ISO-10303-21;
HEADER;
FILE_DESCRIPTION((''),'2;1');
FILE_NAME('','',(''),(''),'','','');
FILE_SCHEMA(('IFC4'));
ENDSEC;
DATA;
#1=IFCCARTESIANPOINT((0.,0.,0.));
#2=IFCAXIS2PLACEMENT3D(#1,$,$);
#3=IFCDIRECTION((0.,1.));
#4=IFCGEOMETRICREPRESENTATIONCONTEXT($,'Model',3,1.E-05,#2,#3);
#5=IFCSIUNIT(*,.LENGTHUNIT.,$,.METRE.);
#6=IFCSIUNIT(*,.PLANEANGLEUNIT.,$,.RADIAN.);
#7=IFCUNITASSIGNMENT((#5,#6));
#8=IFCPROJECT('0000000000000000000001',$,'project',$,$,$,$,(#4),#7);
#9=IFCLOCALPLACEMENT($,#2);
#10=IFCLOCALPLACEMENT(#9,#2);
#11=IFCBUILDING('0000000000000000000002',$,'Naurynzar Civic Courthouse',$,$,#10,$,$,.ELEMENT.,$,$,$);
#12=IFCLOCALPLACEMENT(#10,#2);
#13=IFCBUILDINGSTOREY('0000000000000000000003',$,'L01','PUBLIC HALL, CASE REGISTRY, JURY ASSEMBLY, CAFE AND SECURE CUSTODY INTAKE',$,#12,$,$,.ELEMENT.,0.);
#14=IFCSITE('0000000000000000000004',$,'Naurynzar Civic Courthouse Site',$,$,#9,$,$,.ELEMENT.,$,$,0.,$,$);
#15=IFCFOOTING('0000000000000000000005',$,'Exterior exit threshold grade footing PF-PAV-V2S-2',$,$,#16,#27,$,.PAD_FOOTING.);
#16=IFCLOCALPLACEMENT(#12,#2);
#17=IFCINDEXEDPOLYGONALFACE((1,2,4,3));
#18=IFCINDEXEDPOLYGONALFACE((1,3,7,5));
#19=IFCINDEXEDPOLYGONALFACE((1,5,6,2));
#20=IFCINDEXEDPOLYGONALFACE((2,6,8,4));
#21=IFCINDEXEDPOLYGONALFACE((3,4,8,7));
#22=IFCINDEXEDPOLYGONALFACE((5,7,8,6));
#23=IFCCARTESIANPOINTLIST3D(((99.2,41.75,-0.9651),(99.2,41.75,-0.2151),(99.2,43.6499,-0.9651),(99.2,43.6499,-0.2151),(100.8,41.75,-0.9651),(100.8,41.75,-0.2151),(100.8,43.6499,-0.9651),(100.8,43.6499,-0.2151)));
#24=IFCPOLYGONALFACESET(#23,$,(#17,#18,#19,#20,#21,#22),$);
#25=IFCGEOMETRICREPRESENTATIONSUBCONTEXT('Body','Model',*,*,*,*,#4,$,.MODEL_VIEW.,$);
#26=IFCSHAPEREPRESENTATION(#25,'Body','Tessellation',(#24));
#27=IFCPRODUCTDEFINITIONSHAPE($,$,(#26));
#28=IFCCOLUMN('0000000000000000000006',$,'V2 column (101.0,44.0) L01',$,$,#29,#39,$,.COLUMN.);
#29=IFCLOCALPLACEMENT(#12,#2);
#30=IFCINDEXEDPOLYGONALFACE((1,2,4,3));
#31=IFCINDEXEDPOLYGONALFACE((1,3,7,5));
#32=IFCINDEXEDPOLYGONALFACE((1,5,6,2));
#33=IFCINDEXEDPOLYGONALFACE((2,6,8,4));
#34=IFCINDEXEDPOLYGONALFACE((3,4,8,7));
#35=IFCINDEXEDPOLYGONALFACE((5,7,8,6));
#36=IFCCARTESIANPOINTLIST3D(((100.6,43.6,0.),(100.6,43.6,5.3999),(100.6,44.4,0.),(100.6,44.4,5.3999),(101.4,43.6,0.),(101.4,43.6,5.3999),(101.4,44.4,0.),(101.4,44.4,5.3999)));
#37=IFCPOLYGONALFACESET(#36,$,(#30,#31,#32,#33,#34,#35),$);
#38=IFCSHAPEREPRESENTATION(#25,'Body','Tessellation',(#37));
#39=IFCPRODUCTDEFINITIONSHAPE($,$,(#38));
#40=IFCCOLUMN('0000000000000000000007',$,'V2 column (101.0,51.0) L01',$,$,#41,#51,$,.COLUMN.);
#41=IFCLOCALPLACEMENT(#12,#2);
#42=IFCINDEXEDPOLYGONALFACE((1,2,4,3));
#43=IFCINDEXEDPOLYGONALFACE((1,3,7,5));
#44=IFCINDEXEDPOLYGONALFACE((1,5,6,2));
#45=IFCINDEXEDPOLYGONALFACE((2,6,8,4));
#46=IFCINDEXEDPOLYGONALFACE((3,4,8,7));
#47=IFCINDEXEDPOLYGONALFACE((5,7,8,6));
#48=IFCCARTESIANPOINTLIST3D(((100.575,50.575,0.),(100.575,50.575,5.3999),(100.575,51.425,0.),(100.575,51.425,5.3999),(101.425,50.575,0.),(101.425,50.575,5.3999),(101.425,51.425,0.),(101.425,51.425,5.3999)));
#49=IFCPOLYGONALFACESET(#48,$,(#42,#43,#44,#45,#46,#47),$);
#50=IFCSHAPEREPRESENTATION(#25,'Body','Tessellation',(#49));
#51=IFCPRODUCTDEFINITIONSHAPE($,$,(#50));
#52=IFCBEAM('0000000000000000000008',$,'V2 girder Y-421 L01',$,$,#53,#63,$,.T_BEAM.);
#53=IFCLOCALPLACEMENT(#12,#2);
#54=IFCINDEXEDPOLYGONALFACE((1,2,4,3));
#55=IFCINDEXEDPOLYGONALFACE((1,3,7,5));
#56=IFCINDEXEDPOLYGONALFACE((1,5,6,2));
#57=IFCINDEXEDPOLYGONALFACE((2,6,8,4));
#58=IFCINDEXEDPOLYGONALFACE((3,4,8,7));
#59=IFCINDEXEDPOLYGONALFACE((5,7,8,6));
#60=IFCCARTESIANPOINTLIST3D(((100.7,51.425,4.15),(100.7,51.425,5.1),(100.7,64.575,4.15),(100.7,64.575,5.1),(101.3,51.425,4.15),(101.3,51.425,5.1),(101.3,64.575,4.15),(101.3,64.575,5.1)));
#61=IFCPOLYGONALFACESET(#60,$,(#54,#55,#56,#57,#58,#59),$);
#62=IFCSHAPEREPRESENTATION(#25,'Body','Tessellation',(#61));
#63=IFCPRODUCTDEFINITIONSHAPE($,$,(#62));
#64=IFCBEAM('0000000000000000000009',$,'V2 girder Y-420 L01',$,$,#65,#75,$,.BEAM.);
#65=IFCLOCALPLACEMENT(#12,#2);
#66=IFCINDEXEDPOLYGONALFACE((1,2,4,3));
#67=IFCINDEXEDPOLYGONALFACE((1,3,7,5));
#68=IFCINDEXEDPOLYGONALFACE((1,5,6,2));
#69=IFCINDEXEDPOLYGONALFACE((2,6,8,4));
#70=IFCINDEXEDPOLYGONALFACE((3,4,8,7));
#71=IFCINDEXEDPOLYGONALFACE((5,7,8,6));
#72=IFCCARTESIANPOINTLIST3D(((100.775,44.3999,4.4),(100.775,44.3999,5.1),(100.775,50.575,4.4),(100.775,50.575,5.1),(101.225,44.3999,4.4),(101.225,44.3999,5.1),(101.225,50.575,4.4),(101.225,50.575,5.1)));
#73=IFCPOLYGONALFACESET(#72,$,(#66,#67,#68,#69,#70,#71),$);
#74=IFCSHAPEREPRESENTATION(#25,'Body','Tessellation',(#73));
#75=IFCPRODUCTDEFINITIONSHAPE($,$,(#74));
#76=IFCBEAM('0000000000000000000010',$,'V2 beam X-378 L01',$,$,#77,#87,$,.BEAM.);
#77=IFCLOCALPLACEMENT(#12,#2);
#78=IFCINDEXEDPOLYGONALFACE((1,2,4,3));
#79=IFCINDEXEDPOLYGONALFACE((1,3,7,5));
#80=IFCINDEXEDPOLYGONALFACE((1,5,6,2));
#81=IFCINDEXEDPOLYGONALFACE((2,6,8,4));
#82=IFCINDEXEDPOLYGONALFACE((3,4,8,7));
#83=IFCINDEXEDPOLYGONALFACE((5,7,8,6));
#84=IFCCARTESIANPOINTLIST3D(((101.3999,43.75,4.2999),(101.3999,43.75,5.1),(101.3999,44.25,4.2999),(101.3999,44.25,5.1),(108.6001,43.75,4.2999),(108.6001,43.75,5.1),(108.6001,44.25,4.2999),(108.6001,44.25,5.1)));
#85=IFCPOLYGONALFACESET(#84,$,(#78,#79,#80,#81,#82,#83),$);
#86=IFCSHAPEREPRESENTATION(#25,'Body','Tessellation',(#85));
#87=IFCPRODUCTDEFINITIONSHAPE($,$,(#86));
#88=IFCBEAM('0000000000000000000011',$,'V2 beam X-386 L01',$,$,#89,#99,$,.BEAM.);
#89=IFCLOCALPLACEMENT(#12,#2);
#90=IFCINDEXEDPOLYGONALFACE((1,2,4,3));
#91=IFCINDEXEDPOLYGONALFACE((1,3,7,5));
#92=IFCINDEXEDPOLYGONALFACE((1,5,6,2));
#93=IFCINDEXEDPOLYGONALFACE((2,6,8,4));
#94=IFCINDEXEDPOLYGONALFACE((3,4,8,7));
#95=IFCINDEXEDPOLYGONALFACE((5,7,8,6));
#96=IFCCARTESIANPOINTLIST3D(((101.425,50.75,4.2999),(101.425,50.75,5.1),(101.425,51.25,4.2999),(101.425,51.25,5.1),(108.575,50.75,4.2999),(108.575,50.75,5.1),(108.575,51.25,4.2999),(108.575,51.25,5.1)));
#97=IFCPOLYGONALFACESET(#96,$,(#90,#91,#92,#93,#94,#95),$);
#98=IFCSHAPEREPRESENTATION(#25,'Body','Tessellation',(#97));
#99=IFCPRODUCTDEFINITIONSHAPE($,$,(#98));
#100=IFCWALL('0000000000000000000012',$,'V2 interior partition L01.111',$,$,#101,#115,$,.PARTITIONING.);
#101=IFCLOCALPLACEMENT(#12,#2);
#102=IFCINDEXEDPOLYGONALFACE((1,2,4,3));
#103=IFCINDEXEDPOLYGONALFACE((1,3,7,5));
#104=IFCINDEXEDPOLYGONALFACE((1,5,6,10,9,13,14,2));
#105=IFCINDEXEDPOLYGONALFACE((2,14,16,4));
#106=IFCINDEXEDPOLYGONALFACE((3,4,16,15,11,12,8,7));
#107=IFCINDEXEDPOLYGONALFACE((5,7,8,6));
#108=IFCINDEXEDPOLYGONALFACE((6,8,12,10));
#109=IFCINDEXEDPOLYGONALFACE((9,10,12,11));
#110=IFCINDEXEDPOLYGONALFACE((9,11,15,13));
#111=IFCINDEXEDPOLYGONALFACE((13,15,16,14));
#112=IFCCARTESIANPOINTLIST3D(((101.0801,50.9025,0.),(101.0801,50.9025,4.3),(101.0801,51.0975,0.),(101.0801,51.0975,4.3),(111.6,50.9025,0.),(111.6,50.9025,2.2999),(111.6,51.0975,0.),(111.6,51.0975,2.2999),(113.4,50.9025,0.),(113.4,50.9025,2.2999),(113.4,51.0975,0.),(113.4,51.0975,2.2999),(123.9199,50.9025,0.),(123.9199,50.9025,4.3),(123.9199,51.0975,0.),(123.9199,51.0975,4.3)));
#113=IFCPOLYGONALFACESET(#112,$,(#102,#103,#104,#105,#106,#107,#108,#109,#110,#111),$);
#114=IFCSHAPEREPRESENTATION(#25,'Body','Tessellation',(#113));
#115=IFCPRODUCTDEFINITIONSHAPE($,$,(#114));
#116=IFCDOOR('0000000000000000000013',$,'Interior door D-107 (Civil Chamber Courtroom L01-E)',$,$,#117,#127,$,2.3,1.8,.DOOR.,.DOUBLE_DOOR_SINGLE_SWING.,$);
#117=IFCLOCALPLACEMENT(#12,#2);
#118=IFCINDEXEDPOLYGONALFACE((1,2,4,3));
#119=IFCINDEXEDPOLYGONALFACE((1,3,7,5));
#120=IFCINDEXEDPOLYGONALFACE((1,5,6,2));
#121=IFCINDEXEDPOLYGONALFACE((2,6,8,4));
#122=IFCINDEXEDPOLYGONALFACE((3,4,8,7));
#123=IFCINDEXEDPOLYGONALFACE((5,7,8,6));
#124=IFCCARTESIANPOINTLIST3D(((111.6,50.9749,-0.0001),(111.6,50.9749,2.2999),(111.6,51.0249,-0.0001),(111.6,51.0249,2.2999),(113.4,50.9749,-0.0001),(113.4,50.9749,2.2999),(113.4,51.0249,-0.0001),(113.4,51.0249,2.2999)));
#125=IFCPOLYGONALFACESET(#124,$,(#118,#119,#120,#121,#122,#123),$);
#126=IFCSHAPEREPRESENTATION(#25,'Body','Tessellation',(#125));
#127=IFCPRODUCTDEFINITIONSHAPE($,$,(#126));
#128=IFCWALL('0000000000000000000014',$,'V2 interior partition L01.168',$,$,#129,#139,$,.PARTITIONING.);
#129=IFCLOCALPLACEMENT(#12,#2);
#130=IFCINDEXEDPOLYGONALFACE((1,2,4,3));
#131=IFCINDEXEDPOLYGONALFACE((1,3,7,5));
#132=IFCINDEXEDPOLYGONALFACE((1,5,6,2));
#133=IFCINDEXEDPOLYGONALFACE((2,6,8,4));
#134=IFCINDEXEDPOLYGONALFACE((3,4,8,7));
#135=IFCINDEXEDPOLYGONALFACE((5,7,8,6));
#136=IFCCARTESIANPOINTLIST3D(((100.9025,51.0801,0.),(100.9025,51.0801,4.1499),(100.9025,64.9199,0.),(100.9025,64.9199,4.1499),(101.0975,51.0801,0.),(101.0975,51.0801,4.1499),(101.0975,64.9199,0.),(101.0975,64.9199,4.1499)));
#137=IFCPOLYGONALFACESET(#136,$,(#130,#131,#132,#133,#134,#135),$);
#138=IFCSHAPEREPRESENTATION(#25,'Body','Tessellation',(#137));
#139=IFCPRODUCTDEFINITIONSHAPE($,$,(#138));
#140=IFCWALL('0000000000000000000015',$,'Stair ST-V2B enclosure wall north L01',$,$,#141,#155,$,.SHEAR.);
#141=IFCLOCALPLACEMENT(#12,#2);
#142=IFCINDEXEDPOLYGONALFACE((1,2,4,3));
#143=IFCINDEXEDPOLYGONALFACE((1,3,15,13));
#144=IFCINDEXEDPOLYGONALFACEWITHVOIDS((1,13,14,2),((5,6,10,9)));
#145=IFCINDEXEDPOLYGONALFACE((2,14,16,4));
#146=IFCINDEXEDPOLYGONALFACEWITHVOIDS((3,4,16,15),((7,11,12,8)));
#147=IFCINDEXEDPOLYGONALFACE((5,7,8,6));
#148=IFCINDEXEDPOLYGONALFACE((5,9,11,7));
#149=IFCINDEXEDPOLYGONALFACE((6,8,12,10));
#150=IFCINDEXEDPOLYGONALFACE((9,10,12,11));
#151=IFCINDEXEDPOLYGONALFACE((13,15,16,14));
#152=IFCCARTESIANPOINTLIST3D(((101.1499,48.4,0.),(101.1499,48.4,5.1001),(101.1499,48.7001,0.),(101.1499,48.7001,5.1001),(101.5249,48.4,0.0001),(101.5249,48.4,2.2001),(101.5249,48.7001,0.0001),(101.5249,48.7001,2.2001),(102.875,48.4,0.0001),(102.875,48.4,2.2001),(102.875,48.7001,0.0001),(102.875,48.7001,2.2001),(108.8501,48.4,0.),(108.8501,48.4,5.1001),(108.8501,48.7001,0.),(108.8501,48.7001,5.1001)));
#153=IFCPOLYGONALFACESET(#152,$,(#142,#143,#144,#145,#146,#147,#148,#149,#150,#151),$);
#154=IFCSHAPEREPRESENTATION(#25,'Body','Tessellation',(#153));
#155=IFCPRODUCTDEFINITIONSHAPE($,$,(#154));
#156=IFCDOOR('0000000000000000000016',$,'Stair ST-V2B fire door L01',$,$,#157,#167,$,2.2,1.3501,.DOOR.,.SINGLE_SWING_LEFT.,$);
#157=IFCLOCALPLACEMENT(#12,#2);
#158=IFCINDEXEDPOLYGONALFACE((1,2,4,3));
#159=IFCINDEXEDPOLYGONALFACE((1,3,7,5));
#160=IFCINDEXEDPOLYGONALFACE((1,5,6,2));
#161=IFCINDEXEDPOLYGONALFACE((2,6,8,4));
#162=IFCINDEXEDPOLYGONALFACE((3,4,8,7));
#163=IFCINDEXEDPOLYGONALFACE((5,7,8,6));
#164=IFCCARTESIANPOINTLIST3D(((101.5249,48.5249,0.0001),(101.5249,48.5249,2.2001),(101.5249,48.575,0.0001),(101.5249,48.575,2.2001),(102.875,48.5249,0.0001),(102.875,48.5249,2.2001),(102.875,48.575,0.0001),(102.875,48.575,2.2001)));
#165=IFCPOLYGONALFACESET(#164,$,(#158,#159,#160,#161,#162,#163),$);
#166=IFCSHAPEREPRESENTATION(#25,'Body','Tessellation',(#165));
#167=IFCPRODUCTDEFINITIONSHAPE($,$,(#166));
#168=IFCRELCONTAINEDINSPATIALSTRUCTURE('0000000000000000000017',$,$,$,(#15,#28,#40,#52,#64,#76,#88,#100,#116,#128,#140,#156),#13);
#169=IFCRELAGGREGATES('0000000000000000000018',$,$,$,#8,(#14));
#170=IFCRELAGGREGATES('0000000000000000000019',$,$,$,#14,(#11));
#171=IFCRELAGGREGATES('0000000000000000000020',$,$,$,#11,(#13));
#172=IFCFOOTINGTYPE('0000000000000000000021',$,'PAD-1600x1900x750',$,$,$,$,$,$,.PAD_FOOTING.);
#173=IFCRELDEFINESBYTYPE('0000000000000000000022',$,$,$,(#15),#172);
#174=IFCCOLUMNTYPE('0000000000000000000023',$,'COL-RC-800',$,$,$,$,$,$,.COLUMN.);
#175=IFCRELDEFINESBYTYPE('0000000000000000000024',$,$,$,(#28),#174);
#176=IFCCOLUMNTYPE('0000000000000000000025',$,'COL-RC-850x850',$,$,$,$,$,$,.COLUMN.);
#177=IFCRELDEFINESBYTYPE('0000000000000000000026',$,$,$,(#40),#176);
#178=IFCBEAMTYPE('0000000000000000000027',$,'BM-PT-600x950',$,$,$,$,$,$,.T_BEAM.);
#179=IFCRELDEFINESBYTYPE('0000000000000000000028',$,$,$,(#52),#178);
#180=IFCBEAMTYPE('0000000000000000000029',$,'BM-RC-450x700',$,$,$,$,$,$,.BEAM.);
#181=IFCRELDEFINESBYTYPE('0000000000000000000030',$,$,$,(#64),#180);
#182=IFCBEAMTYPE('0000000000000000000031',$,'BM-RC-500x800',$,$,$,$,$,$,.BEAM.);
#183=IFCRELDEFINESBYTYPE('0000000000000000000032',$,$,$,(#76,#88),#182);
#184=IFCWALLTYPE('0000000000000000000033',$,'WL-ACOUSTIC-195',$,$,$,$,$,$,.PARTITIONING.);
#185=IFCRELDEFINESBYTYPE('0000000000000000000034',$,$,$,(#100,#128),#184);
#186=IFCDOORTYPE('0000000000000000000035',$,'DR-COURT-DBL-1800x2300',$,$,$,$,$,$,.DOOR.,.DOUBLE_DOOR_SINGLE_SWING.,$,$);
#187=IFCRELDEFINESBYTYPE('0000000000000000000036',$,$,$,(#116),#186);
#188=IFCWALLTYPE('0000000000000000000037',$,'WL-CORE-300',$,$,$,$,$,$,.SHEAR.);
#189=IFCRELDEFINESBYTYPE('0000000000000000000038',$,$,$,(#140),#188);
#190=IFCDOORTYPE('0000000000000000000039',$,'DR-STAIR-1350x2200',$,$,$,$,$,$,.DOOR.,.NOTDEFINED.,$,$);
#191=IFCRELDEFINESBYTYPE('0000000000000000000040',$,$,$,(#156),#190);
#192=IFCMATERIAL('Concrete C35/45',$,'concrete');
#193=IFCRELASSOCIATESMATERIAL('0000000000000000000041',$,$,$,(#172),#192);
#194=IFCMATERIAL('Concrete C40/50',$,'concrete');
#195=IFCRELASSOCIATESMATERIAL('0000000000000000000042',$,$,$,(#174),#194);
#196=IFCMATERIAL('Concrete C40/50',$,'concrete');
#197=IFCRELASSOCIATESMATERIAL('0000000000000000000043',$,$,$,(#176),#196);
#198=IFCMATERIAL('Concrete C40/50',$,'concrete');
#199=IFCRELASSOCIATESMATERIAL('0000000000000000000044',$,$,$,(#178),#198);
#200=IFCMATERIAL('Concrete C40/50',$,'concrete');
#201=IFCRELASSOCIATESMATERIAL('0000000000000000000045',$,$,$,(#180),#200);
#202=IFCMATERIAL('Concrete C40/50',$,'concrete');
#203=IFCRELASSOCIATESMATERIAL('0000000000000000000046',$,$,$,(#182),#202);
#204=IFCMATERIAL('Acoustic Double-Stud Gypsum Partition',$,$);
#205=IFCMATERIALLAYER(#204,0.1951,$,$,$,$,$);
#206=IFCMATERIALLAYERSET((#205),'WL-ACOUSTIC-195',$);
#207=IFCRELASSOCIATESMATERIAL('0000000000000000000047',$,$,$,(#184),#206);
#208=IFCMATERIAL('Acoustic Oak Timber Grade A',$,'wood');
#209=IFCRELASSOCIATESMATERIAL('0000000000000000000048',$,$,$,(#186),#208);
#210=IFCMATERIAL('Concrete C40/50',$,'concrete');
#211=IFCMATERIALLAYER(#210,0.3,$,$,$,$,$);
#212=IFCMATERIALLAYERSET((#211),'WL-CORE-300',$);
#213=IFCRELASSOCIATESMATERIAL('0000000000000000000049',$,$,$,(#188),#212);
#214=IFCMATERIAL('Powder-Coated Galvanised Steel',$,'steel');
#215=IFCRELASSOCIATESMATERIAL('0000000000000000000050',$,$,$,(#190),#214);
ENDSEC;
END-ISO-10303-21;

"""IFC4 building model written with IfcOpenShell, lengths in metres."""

from ifc_helpers import new_model, si_unit, direction, frame, frame_2d, origin, origin_2d, place, context, subcontext, project, spatial, rectangle, extrude, material, layer, layer_set, material_profile, profile_set, type_object, element, fill, save


model = new_model("IFC4")

# Units and contexts
model_context = context("Model", 3, precision=1e-05, world=origin(), true_north=direction((0.0, 1.0)))
body_context = subcontext(model_context, "Body", "Model", "MODEL_VIEW")
ifc_project = project(units=[si_unit("LENGTHUNIT", "METRE"), si_unit("PLANEANGLEUNIT", "RADIAN")], contexts=[model_context])

# Site, building, storey
site_placement = place(None, origin())
site = spatial("IfcSite", under=ifc_project, at=site_placement, Name="Naurynzar Civic Courthouse Site", CompositionType="ELEMENT", RefElevation=0.0)
building_placement = place(site_placement, origin())
building = spatial("IfcBuilding", under=site, at=building_placement, Name="Naurynzar Civic Courthouse", CompositionType="ELEMENT")
storey_placement = place(building_placement, origin())
storey = spatial("IfcBuildingStorey", under=building, at=storey_placement, Name="L01", Description="PUBLIC HALL, CASE REGISTRY, JURY ASSEMBLY, CAFE AND SECURE CUSTODY INTAKE", CompositionType="ELEMENT", Elevation=0.0)

# Footing
ifc_material_1 = material(Name="Concrete C35/45", Category="concrete")
footing_type = type_object("IfcFootingType", Name="PAD-1600x1900x750", PredefinedType="PAD_FOOTING", material=ifc_material_1)
footing_placement = place(storey_placement, frame((100.0, 42.7, -0.9651), z_axis=(0.0, 0.0, 1.0), x_axis=(1.0, 0.0, 0.0)))
element("IfcFooting", 1, at=footing_placement, inside=storey, type_object=footing_type, Name="Exterior exit threshold grade footing PF-PAV-V2S-2", PredefinedType="PAD_FOOTING", context=body_context, shape_type="SweptSolid", body=[
    extrude(rectangle(XDim=1.6001, YDim=1.8999, at=origin_2d()), origin(), (0.0, 0.0, 1.0), 0.75),
])

# Columns
ifc_material_2 = material(Name="Concrete C40/50", Category="concrete")
ifc_material_profile_1 = material_profile(ifc_material_2, rectangle(XDim=0.8, YDim=0.8, at=origin_2d()), Name="RC 800x800")
ifc_profile_set_1 = profile_set([ifc_material_profile_1], Name="Concrete C40/50")
column_type_1 = type_object("IfcColumnType", Name="COL-RC-800", PredefinedType="COLUMN", material=ifc_profile_set_1)
column_1_placement = place(storey_placement, frame((101.0, 44.0, 0.0), z_axis=(0.0, 0.0, 1.0), x_axis=(1.0, 0.0, 0.0)))
element("IfcColumn", 2, at=column_1_placement, inside=storey, type_object=column_type_1, Name="V2 column (101.0,44.0) L01", PredefinedType="COLUMN", context=body_context, shape_type="SweptSolid", body=[
    extrude(rectangle(XDim=0.8, YDim=0.8, at=origin_2d()), origin(), (0.0, 0.0, 1.0), 5.3999),
])
ifc_material_3 = material(Name="Concrete C40/50", Category="concrete")
ifc_material_profile_2 = material_profile(ifc_material_3, rectangle(XDim=0.8501, YDim=0.8501, at=origin_2d()), Name="RC 850x850")
ifc_profile_set_2 = profile_set([ifc_material_profile_2], Name="Concrete C40/50")
column_type_2 = type_object("IfcColumnType", Name="COL-RC-850x850", PredefinedType="COLUMN", material=ifc_profile_set_2)
column_2_placement = place(storey_placement, frame((101.0, 51.0, 0.0), z_axis=(0.0, 0.0, 1.0), x_axis=(1.0, 0.0, 0.0)))
element("IfcColumn", 3, at=column_2_placement, inside=storey, type_object=column_type_2, Name="V2 column (101.0,51.0) L01", PredefinedType="COLUMN", context=body_context, shape_type="SweptSolid", body=[
    extrude(rectangle(XDim=0.8501, YDim=0.8501, at=origin_2d()), origin(), (0.0, 0.0, 1.0), 5.3999),
])

# Beams
ifc_material_4 = material(Name="Concrete C40/50", Category="concrete")
ifc_material_profile_3 = material_profile(ifc_material_4, rectangle(XDim=0.6001, YDim=0.95, at=origin_2d()), Name="PTB 600x950")
ifc_profile_set_3 = profile_set([ifc_material_profile_3], Name="Concrete C40/50")
beam_type_1 = type_object("IfcBeamType", Name="BM-PT-600x950", PredefinedType="T_BEAM", material=ifc_profile_set_3)
beam_1_placement = place(storey_placement, frame((101.0, 51.425, 4.625), z_axis=(0.0, 1.0, 0.0), x_axis=(-1.0, 0.0, 0.0)))
element("IfcBeam", 4, at=beam_1_placement, inside=storey, type_object=beam_type_1, Name="V2 girder Y-421 L01", PredefinedType="T_BEAM", context=body_context, shape_type="SweptSolid", body=[
    extrude(rectangle(XDim=0.6001, YDim=0.95, at=origin_2d()), origin(), (0.0, 0.0, 1.0), 13.1499),
])
ifc_material_5 = material(Name="Concrete C40/50", Category="concrete")
ifc_material_profile_4 = material_profile(ifc_material_5, rectangle(XDim=0.45, YDim=0.7, at=origin_2d()), Name="RCB 450x700")
ifc_profile_set_4 = profile_set([ifc_material_profile_4], Name="Concrete C40/50")
beam_type_2 = type_object("IfcBeamType", Name="BM-RC-450x700", PredefinedType="BEAM", material=ifc_profile_set_4)
beam_2_placement = place(storey_placement, frame((101.0, 44.3999, 4.75), z_axis=(0.0, 1.0, 0.0), x_axis=(-1.0, 0.0, 0.0)))
element("IfcBeam", 5, at=beam_2_placement, inside=storey, type_object=beam_type_2, Name="V2 girder Y-420 L01", PredefinedType="BEAM", context=body_context, shape_type="SweptSolid", body=[
    extrude(rectangle(XDim=0.45, YDim=0.7, at=origin_2d()), origin(), (0.0, 0.0, 1.0), 6.175),
])
ifc_material_6 = material(Name="Concrete C40/50", Category="concrete")
ifc_material_profile_5 = material_profile(ifc_material_6, rectangle(XDim=0.5, YDim=0.8, at=origin_2d()), Name="RCB 500x800")
ifc_profile_set_5 = profile_set([ifc_material_profile_5], Name="Concrete C40/50")
beam_type_3 = type_object("IfcBeamType", Name="BM-RC-500x800", PredefinedType="BEAM", material=ifc_profile_set_5)
beam_3_placement = place(storey_placement, frame((101.3999, 44.0, 4.7), z_axis=(1.0, 0.0, 0.0), x_axis=(0.0, 1.0, 0.0)))
element("IfcBeam", 6, at=beam_3_placement, inside=storey, type_object=beam_type_3, Name="V2 beam X-378 L01", PredefinedType="BEAM", context=body_context, shape_type="SweptSolid", body=[
    extrude(rectangle(XDim=0.5, YDim=0.8, at=origin_2d()), origin(), (0.0, 0.0, 1.0), 7.2002),
])
beam_4_placement = place(storey_placement, frame((101.425, 51.0, 4.7), z_axis=(1.0, 0.0, 0.0), x_axis=(0.0, 1.0, 0.0)))
element("IfcBeam", 7, at=beam_4_placement, inside=storey, type_object=beam_type_3, Name="V2 beam X-386 L01", PredefinedType="BEAM", context=body_context, shape_type="SweptSolid", body=[
    extrude(rectangle(XDim=0.5, YDim=0.8, at=origin_2d()), origin(), (0.0, 0.0, 1.0), 7.1499),
])

# Wall, opening, door
ifc_material_7 = material(Name="Acoustic Double-Stud Gypsum Partition")
ifc_layer_1 = layer(ifc_material_7, 0.1951)
ifc_layer_set_1 = layer_set([ifc_layer_1], Name="WL-ACOUSTIC-195")
wall_type_1 = type_object("IfcWallType", Name="WL-ACOUSTIC-195", PredefinedType="PARTITIONING", material=ifc_layer_set_1)
wall_1_placement = place(storey_placement, frame((101.0801, 51.0, 0.0), z_axis=(0.0, 0.0, 1.0), x_axis=(1.0, 0.0, 0.0)))
wall_1 = element("IfcWall", 8, at=wall_1_placement, inside=storey, type_object=wall_type_1, Name="V2 interior partition L01.111", PredefinedType="PARTITIONING", context=body_context, shape_type="SweptSolid", body=[
    extrude(rectangle(XDim=22.8398, YDim=0.1951, at=frame_2d((11.4199, 0.0))), origin(), (0.0, 0.0, 1.0), 4.3),
])
opening_1_placement = place(wall_1_placement, frame((10.52, 0.0, 0.0)))
opening_1 = element("IfcOpeningElement", 9, at=opening_1_placement, cuts=wall_1, PredefinedType="OPENING", context=body_context, shape_type="SweptSolid", body=[
    extrude(rectangle(XDim=1.8, YDim=2.3, at=frame_2d((0.8999, 1.1499))), frame((0.0, 0.1074, 0.0), z_axis=(0.0, -1.0, 0.0), x_axis=(1.0, 0.0, 0.0)), (0.0, 0.0, 1.0), 0.2151),
])
ifc_material_8 = material(Name="Acoustic Oak Timber Grade A", Category="wood")
door_type_1 = type_object("IfcDoorType", Name="DR-COURT-DBL-1800x2300", OperationType="DOUBLE_DOOR_SINGLE_SWING", PredefinedType="DOOR", material=ifc_material_8)
door_1_placement = place(opening_1_placement, origin())
door_1 = element("IfcDoor", 10, at=door_1_placement, inside=storey, type_object=door_type_1, Name="Interior door D-107 (Civil Chamber Courtroom L01-E)", OperationType="DOUBLE_DOOR_SINGLE_SWING", OverallHeight=2.3, OverallWidth=1.8, PredefinedType="DOOR", context=body_context, shape_type="SweptSolid", body=[
    extrude(rectangle(XDim=1.8, YDim=2.3, at=frame_2d((0.8999, 1.1499))), frame((0.0, 0.0249, 0.0), z_axis=(0.0, -1.0, 0.0), x_axis=(1.0, 0.0, 0.0)), (0.0, 0.0, 1.0), 0.05),
])
fill(opening_1, door_1)

# Wall
wall_2_placement = place(storey_placement, frame((101.0, 51.0801, 0.0), z_axis=(0.0, 0.0, 1.0), x_axis=(0.0, 1.0, 0.0)))
element("IfcWall", 11, at=wall_2_placement, inside=storey, type_object=wall_type_1, Name="V2 interior partition L01.168", PredefinedType="PARTITIONING", context=body_context, shape_type="SweptSolid", body=[
    extrude(rectangle(XDim=13.8398, YDim=0.1951, at=frame_2d((6.9199, 0.0))), origin(), (0.0, 0.0, 1.0), 4.1499),
])

# Wall, opening, door
ifc_material_9 = material(Name="Concrete C40/50", Category="concrete")
ifc_layer_2 = layer(ifc_material_9, 0.3)
ifc_layer_set_2 = layer_set([ifc_layer_2], Name="WL-CORE-300")
wall_type_2 = type_object("IfcWallType", Name="WL-CORE-300", PredefinedType="SHEAR", material=ifc_layer_set_2)
wall_3_placement = place(storey_placement, frame((101.1499, 48.55, 0.0), z_axis=(0.0, 0.0, 1.0), x_axis=(1.0, 0.0, 0.0)))
wall_3 = element("IfcWall", 12, at=wall_3_placement, inside=storey, type_object=wall_type_2, Name="Stair ST-V2B enclosure wall north L01", PredefinedType="SHEAR", context=body_context, shape_type="SweptSolid", body=[
    extrude(rectangle(XDim=7.7002, YDim=0.3, at=frame_2d((3.8501, 0.0))), origin(), (0.0, 0.0, 1.0), 5.1001),
])
opening_2_placement = place(wall_3_placement, frame((0.375, 0.0, 0.0)))
opening_2 = element("IfcOpeningElement", 13, at=opening_2_placement, cuts=wall_3, PredefinedType="OPENING", context=body_context, shape_type="SweptSolid", body=[
    extrude(rectangle(XDim=1.3501, YDim=2.2, at=frame_2d((0.675, 1.1001))), frame((0.0, 0.1599, 0.0), z_axis=(0.0, -1.0, 0.0), x_axis=(1.0, 0.0, 0.0)), (0.0, 0.0, 1.0), 0.3201),
])
ifc_material_10 = material(Name="Powder-Coated Galvanised Steel", Category="steel")
door_type_2 = type_object("IfcDoorType", Name="DR-STAIR-1350x2200", OperationType="NOTDEFINED", PredefinedType="DOOR", material=ifc_material_10)
door_2_placement = place(opening_2_placement, origin())
door_2 = element("IfcDoor", 14, at=door_2_placement, inside=storey, type_object=door_type_2, Name="Stair ST-V2B fire door L01", OperationType="SINGLE_SWING_LEFT", OverallHeight=2.2, OverallWidth=1.3501, PredefinedType="DOOR", context=body_context, shape_type="SweptSolid", body=[
    extrude(rectangle(XDim=1.3501, YDim=2.2, at=frame_2d((0.675, 1.1001))), frame((0.0, 0.0249, 0.0), z_axis=(0.0, -1.0, 0.0), x_axis=(1.0, 0.0, 0.0)), (0.0, 0.0, 1.0), 0.05),
])
fill(opening_2, door_2)

save(model, "model.ifc")
